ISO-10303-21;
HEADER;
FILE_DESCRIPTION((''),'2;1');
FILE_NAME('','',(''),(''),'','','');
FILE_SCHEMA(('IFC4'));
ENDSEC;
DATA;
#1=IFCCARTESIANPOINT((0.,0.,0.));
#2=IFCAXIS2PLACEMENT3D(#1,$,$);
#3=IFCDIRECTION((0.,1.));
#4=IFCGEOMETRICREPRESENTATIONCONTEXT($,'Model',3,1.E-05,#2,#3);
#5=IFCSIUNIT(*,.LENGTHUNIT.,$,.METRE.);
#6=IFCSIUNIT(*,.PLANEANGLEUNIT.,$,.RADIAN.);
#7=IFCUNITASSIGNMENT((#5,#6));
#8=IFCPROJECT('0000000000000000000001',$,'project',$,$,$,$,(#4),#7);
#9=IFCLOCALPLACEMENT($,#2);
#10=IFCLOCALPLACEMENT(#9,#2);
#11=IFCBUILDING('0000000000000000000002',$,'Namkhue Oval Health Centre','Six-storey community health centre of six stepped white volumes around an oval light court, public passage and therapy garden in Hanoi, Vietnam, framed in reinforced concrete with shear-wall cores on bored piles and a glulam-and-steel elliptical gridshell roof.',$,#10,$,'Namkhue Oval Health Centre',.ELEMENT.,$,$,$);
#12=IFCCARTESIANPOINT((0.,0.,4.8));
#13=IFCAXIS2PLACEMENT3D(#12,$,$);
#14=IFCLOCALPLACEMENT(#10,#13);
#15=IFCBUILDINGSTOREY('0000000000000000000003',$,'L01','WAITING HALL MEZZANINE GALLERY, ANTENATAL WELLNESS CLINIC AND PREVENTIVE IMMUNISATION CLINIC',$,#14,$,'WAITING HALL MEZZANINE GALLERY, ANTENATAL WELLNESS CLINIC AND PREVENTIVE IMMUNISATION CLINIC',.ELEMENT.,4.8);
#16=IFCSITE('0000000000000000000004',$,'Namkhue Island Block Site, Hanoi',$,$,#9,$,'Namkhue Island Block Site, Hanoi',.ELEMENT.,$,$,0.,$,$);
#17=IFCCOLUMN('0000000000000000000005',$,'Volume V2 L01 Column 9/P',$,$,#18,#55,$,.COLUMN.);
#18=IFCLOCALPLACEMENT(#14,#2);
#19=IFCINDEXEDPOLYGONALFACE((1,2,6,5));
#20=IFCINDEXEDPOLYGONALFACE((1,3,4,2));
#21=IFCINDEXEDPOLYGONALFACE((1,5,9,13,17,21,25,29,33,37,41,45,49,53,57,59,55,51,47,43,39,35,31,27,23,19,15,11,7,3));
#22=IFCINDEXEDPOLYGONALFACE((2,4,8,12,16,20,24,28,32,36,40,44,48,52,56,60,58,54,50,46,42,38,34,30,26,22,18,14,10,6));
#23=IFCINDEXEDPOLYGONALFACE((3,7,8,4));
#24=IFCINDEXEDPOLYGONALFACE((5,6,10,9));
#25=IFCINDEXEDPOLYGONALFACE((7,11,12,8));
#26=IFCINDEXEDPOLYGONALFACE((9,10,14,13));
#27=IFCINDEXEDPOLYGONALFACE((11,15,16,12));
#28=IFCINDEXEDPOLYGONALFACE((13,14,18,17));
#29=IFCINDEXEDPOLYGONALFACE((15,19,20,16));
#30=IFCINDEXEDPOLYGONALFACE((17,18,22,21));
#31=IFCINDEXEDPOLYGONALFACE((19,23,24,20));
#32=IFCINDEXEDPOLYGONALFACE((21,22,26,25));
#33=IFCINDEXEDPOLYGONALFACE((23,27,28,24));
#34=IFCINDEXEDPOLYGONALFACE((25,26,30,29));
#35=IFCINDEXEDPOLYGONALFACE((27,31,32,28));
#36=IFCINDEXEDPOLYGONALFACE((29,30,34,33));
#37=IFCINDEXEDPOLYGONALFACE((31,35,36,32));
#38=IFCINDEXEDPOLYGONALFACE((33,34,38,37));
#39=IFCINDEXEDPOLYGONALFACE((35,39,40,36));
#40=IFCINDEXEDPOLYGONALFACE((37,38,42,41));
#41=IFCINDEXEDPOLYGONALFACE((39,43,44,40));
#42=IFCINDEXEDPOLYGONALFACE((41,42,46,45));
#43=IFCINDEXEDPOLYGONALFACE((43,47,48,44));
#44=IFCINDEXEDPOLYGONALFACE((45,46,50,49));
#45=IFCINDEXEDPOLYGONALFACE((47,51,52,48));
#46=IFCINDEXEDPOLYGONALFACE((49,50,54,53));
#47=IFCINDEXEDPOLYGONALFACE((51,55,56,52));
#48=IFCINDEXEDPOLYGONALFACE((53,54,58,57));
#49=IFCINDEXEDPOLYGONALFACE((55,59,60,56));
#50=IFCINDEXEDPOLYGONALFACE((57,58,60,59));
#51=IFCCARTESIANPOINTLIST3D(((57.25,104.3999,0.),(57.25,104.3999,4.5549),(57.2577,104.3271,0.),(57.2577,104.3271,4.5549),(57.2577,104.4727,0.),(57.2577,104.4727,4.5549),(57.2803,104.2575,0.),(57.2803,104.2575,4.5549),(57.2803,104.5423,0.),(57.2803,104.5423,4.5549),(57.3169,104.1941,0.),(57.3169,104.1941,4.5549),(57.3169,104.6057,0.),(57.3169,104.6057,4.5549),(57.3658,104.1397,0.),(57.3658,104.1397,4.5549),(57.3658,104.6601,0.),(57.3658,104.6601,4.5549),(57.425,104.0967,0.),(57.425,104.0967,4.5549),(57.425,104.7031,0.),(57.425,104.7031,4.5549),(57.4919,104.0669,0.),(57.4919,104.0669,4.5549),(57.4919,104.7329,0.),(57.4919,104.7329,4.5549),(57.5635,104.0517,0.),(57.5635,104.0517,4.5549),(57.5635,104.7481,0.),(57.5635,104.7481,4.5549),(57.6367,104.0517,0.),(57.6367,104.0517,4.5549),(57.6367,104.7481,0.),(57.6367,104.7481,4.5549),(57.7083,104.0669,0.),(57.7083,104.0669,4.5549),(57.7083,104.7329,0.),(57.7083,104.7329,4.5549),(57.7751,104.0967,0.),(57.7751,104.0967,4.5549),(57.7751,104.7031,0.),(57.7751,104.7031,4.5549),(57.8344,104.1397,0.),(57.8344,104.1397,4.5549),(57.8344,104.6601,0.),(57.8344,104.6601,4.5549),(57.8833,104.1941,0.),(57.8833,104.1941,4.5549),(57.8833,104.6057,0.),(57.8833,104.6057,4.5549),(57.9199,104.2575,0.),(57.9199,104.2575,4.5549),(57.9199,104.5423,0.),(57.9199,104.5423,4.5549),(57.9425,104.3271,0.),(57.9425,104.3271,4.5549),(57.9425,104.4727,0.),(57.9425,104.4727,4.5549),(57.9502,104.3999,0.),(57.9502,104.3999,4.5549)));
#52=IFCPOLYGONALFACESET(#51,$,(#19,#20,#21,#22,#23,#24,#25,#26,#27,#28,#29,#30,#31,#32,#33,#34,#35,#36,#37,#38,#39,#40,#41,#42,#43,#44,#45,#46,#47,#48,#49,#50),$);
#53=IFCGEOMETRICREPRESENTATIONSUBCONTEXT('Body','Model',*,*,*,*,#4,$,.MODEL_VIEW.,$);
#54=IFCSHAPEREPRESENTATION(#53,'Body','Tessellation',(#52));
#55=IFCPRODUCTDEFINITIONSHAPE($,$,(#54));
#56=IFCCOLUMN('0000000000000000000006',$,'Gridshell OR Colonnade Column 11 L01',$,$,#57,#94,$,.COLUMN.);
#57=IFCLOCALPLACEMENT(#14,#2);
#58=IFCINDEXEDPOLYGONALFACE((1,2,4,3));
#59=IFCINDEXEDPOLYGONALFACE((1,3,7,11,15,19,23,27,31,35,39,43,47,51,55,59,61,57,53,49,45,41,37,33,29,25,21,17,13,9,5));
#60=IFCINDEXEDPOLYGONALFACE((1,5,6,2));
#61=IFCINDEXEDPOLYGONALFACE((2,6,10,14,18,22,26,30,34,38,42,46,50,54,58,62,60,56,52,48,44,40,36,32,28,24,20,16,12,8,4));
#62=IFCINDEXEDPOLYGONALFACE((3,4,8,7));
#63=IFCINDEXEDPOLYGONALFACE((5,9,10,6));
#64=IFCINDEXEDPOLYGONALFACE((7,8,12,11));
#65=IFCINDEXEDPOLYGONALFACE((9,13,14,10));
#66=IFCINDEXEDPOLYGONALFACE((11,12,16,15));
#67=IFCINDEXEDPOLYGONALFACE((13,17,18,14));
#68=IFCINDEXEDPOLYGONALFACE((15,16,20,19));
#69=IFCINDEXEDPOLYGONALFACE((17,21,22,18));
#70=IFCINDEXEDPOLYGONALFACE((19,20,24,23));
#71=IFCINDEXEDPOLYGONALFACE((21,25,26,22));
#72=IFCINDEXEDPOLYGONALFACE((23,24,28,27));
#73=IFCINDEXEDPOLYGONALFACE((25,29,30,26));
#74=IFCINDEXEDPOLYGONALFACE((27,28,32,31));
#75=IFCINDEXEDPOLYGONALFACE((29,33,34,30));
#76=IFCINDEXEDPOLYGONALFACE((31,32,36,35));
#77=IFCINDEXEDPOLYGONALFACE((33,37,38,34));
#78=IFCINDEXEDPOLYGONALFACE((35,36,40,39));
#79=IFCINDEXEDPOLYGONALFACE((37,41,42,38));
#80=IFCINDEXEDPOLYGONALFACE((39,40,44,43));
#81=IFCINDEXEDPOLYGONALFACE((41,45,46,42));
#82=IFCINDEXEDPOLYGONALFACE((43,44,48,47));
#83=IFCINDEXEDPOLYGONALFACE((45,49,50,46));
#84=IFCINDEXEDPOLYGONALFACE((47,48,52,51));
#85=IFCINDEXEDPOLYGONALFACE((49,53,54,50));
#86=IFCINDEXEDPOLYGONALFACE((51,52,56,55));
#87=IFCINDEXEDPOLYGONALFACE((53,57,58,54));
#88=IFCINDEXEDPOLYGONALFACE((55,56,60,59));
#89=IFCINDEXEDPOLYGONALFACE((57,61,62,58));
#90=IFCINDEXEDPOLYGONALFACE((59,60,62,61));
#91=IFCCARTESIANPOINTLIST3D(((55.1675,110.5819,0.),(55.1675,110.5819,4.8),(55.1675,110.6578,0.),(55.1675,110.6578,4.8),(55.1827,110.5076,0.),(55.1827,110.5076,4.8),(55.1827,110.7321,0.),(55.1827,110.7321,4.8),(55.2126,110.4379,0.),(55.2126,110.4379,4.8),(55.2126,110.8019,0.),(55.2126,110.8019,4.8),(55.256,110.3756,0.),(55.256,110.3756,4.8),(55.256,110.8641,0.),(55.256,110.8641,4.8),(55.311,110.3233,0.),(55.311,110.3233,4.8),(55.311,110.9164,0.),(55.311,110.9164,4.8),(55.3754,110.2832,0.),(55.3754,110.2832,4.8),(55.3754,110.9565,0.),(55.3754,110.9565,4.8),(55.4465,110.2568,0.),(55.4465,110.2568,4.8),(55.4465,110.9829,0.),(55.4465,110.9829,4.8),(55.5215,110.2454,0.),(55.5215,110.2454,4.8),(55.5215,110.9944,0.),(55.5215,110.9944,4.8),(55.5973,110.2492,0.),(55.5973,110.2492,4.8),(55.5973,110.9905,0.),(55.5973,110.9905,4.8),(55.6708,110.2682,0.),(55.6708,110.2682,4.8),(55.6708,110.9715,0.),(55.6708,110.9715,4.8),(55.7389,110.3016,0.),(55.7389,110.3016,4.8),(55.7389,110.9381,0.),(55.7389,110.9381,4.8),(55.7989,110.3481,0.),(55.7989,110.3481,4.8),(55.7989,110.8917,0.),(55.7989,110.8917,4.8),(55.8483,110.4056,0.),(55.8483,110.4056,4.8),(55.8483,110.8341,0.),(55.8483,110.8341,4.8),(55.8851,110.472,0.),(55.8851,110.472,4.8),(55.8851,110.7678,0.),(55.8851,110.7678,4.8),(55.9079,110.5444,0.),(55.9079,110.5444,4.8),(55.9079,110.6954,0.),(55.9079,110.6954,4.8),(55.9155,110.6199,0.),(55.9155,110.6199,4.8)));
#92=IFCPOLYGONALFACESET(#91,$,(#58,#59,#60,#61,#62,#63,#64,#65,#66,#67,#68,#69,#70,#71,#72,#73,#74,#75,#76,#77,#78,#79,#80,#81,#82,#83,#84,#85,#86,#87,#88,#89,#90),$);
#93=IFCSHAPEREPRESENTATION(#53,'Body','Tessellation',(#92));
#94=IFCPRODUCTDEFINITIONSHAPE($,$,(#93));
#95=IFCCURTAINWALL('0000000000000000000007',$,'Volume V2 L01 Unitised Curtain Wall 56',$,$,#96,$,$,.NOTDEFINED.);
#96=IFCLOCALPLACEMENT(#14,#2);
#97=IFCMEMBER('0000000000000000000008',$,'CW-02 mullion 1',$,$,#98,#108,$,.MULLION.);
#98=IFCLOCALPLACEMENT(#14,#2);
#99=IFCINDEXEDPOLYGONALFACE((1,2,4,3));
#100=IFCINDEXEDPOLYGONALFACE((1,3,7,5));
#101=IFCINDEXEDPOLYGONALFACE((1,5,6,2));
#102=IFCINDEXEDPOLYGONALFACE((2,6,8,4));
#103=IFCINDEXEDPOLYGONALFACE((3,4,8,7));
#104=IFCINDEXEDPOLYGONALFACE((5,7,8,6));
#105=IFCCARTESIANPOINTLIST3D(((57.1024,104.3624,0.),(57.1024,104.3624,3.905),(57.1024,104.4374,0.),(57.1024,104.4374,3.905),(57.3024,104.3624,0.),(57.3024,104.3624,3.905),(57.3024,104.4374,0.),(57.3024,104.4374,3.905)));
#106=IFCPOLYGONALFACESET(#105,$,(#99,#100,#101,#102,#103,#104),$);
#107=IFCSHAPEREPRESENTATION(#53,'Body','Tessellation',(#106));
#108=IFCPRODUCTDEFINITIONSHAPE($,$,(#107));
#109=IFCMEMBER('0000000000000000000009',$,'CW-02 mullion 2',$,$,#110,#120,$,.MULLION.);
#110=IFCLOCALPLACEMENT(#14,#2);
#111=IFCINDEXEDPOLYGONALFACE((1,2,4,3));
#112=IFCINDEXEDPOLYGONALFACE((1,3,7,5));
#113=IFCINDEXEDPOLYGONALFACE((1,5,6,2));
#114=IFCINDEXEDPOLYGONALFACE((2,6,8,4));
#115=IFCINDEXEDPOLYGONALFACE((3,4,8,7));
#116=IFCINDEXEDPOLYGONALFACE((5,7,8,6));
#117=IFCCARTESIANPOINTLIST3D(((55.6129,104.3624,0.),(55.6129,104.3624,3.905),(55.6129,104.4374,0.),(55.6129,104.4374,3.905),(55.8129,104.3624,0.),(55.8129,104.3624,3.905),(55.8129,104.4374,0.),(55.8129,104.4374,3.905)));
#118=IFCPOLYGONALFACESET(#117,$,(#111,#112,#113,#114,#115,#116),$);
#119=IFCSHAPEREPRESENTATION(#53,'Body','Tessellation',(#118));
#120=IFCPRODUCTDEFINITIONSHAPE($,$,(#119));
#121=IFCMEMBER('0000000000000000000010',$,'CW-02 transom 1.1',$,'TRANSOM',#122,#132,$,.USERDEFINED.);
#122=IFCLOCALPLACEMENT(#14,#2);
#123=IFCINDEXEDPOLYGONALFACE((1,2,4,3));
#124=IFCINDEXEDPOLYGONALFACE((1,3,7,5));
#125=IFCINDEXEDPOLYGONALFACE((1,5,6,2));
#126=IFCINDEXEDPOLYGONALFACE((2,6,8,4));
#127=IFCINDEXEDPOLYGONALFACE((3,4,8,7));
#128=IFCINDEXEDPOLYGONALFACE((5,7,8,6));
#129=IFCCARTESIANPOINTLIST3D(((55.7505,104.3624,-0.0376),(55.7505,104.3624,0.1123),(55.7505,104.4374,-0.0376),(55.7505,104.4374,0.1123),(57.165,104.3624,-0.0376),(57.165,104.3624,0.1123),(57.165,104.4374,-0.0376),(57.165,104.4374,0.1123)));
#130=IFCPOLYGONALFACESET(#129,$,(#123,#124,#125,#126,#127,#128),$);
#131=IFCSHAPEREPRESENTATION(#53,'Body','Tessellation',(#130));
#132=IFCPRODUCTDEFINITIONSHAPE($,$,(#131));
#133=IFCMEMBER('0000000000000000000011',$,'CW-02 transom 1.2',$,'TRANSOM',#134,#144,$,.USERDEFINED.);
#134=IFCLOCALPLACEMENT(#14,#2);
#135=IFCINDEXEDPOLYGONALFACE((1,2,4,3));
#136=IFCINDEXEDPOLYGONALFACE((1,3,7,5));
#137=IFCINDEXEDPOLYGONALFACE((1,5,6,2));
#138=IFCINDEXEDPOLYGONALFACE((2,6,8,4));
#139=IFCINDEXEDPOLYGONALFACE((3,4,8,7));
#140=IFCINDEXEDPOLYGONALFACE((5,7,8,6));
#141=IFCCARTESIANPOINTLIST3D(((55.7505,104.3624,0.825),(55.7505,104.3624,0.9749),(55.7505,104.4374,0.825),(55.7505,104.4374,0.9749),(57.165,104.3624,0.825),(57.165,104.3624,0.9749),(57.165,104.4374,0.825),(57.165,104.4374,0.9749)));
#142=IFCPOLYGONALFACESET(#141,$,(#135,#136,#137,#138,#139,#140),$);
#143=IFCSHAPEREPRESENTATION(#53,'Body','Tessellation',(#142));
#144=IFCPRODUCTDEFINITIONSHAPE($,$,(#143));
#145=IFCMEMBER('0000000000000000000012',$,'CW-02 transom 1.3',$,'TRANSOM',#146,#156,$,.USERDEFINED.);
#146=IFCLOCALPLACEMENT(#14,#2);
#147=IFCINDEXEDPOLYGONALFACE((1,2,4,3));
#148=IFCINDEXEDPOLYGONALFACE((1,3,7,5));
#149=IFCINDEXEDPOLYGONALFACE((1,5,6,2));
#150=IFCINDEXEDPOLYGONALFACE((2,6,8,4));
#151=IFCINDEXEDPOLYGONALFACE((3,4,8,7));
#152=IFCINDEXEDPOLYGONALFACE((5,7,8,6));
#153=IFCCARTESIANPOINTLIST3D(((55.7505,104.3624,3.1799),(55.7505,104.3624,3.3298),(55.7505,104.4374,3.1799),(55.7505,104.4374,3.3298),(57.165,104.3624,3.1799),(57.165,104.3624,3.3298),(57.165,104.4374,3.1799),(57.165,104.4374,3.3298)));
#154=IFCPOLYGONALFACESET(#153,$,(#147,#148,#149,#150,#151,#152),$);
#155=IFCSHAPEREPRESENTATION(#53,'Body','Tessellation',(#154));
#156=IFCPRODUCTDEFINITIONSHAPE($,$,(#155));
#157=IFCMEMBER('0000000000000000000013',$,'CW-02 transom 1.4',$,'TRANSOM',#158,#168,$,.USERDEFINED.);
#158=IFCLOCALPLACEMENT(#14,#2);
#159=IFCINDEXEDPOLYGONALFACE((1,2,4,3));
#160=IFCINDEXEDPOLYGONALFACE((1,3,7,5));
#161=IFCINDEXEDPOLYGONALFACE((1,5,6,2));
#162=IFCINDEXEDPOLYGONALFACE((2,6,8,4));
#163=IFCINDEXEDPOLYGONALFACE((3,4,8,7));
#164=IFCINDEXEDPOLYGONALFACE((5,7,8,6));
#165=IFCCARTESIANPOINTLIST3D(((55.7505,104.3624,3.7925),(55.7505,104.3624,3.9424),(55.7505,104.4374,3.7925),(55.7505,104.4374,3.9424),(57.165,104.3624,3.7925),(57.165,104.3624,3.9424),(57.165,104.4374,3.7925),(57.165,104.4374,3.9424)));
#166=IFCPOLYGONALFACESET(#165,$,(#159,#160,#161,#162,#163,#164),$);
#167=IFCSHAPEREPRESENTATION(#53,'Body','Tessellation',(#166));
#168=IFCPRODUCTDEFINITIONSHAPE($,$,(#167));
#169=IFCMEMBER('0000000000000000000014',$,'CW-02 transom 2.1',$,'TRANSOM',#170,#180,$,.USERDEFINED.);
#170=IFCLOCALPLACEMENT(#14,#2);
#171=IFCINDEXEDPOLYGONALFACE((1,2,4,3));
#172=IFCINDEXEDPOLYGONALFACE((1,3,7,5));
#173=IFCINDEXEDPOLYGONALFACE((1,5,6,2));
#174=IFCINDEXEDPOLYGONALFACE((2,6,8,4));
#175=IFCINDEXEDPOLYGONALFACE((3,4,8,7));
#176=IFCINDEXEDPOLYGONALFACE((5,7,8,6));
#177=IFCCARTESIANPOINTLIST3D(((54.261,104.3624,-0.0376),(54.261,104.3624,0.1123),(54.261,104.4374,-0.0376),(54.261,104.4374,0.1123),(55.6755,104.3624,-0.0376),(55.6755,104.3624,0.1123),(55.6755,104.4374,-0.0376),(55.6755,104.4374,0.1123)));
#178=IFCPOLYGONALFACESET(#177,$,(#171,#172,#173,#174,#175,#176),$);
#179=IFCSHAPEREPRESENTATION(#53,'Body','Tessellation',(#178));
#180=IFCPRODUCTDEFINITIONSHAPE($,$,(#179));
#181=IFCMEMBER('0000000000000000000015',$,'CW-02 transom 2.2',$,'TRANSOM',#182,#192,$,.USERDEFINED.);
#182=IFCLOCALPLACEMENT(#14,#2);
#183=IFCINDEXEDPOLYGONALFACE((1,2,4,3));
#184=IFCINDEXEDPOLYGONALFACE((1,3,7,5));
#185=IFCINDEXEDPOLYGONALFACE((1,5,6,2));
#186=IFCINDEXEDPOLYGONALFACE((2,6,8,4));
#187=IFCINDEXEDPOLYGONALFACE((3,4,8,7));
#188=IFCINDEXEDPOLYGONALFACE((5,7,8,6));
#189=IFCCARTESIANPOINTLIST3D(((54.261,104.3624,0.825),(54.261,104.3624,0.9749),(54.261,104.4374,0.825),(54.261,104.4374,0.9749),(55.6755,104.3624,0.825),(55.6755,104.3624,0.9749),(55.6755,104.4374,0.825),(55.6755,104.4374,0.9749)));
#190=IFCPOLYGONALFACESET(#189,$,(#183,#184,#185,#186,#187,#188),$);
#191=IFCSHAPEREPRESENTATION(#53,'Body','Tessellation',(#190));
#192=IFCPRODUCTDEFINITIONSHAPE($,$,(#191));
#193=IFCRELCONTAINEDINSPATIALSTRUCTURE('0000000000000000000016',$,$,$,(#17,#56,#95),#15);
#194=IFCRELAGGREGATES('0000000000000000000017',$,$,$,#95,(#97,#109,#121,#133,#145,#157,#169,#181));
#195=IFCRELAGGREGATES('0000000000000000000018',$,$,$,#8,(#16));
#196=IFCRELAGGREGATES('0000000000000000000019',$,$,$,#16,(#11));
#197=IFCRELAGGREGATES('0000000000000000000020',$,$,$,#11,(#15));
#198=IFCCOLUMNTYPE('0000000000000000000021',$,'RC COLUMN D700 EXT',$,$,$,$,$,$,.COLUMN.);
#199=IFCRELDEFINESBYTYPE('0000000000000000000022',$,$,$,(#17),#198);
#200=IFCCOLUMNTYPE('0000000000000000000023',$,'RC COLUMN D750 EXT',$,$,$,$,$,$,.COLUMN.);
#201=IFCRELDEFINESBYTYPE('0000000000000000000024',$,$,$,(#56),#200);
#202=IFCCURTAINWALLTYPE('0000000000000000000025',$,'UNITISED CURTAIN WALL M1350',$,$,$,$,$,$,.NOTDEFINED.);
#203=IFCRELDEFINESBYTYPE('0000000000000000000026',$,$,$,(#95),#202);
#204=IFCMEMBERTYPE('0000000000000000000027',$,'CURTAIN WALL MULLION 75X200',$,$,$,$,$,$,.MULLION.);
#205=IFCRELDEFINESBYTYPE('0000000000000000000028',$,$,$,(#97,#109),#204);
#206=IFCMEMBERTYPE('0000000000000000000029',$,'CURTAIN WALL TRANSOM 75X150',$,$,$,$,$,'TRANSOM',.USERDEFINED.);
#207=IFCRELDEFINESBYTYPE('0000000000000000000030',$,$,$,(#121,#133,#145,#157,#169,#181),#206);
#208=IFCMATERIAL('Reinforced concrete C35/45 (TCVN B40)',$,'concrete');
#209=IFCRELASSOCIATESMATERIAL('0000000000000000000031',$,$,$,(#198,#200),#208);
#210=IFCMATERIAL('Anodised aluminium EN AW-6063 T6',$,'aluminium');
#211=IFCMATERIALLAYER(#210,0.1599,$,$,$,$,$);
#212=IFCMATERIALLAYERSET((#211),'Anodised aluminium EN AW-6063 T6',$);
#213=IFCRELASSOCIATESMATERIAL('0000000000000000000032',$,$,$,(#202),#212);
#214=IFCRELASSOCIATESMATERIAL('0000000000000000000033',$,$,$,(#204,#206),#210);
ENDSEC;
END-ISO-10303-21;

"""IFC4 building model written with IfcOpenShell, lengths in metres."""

from ifc_helpers import new_model, si_unit, direction, frame, origin, origin_2d, place, context, subcontext, project, spatial, rectangle, circle, extrude, material, layer, layer_set, material_profile, profile_set, type_object, element, aggregate, save


model = new_model("IFC4")

# Units and contexts
model_context = context("Model", 3, precision=1e-05, world=origin(), true_north=direction((0.0, 1.0)))
body_context = subcontext(model_context, "Body", "Model", "MODEL_VIEW")
ifc_project = project(units=[si_unit("LENGTHUNIT", "METRE"), si_unit("PLANEANGLEUNIT", "RADIAN")], contexts=[model_context])

# Site, building, storey
site_placement = place(None, origin())
site = spatial("IfcSite", under=ifc_project, at=site_placement, Name="Namkhue Island Block Site, Hanoi", LongName="Namkhue Island Block Site, Hanoi", CompositionType="ELEMENT", RefElevation=0.0)
building_placement = place(site_placement, origin())
building = spatial("IfcBuilding", under=site, at=building_placement, Name="Namkhue Oval Health Centre", Description="Six-storey community health centre of six stepped white volumes around an oval light court, public passage and therapy garden in Hanoi, Vietnam, framed in reinforced concrete with shear-wall cores on bored piles and a glulam-and-steel elliptical gridshell roof.", LongName="Namkhue Oval Health Centre", CompositionType="ELEMENT")
storey_placement = place(building_placement, frame((0.0, 0.0, 4.8)))
storey = spatial("IfcBuildingStorey", under=building, at=storey_placement, Name="L01", Description="WAITING HALL MEZZANINE GALLERY, ANTENATAL WELLNESS CLINIC AND PREVENTIVE IMMUNISATION CLINIC", LongName="WAITING HALL MEZZANINE GALLERY, ANTENATAL WELLNESS CLINIC AND PREVENTIVE IMMUNISATION CLINIC", CompositionType="ELEMENT", Elevation=4.8)

# Columns
ifc_material_1 = material(Name="Reinforced concrete C35/45 (TCVN B40)", Category="concrete")
ifc_material_profile_1 = material_profile(ifc_material_1, circle(Radius=0.3501, at=origin_2d()), Name="RC D700")
ifc_profile_set_1 = profile_set([ifc_material_profile_1], Name="Reinforced concrete C35/45 (TCVN B40)")
column_type_1 = type_object("IfcColumnType", Name="RC COLUMN D700 EXT", PredefinedType="COLUMN", material=ifc_profile_set_1)
column_1_placement = place(storey_placement, frame((57.6001, 104.3999, 0.0), z_axis=(0.0, 0.0, 1.0), x_axis=(1.0, 0.0, 0.0)))
element("IfcColumn", 1, at=column_1_placement, inside=storey, type_object=column_type_1, Name="Volume V2 L01 Column 9/P", PredefinedType="COLUMN", context=body_context, shape_type="SweptSolid", body=[
    extrude(circle(Radius=0.3501, at=origin_2d()), origin(), (0.0, 0.0, 1.0), 4.5549),
])
ifc_material_profile_2 = material_profile(ifc_material_1, circle(Radius=0.375, at=origin_2d()), Name="RC D750")
ifc_profile_set_2 = profile_set([ifc_material_profile_2], Name="Reinforced concrete C35/45 (TCVN B40)")
column_type_2 = type_object("IfcColumnType", Name="RC COLUMN D750 EXT", PredefinedType="COLUMN", material=ifc_profile_set_2)
column_2_placement = place(storey_placement, frame((55.5405, 110.6199, 0.0), z_axis=(0.0, 0.0, 1.0), x_axis=(1.0, 0.0, 0.0)))
element("IfcColumn", 2, at=column_2_placement, inside=storey, type_object=column_type_2, Name="Gridshell OR Colonnade Column 11 L01", PredefinedType="COLUMN", context=body_context, shape_type="SweptSolid", body=[
    extrude(circle(Radius=0.375, at=origin_2d()), origin(), (0.0, 0.0, 1.0), 4.8),
])

# Curtain wall, members
ifc_material_2 = material(Name="Anodised aluminium EN AW-6063 T6", Category="aluminium")
ifc_layer_1 = layer(ifc_material_2, 0.1599)
ifc_layer_set_1 = layer_set([ifc_layer_1], Name="Anodised aluminium EN AW-6063 T6")
curtain_wall_type = type_object("IfcCurtainWallType", Name="UNITISED CURTAIN WALL M1350", PredefinedType="NOTDEFINED", material=ifc_layer_set_1)
curtain_wall_placement = place(storey_placement, origin())
curtain_wall = element("IfcCurtainWall", 3, at=curtain_wall_placement, inside=storey, type_object=curtain_wall_type, Name="Volume V2 L01 Unitised Curtain Wall 56", PredefinedType="NOTDEFINED")
ifc_material_profile_3 = material_profile(ifc_material_2, rectangle(XDim=0.075, YDim=0.2, at=origin_2d()), Name="ALU 75x200")
ifc_profile_set_3 = profile_set([ifc_material_profile_3], Name="Anodised aluminium EN AW-6063 T6")
member_type_1 = type_object("IfcMemberType", Name="CURTAIN WALL MULLION 75X200", PredefinedType="MULLION", material=ifc_profile_set_3)
member_1_placement = place(storey_placement, frame((57.2024, 104.3999, 0.0), z_axis=(0.0, 0.0, 1.0), x_axis=(0.0, -1.0, 0.0)))
member_1 = element("IfcMember", 4, at=member_1_placement, type_object=member_type_1, Name="CW-02 mullion 1", PredefinedType="MULLION", context=body_context, shape_type="SweptSolid", body=[
    extrude(rectangle(XDim=0.075, YDim=0.2, at=origin_2d()), origin(), (0.0, 0.0, 1.0), 3.905),
])
member_2_placement = place(storey_placement, frame((55.7129, 104.3999, 0.0), z_axis=(0.0, 0.0, 1.0), x_axis=(0.0, -1.0, 0.0)))
member_2 = element("IfcMember", 5, at=member_2_placement, type_object=member_type_1, Name="CW-02 mullion 2", PredefinedType="MULLION", context=body_context, shape_type="SweptSolid", body=[
    extrude(rectangle(XDim=0.075, YDim=0.2, at=origin_2d()), origin(), (0.0, 0.0, 1.0), 3.905),
])
ifc_material_profile_4 = material_profile(ifc_material_2, rectangle(XDim=0.075, YDim=0.1499, at=origin_2d()), Name="ALU 75x150")
ifc_profile_set_4 = profile_set([ifc_material_profile_4], Name="Anodised aluminium EN AW-6063 T6")
member_type_2 = type_object("IfcMemberType", Name="CURTAIN WALL TRANSOM 75X150", ElementType="TRANSOM", PredefinedType="USERDEFINED", material=ifc_profile_set_4)
member_3_placement = place(storey_placement, frame((57.165, 104.3999, 0.0374), z_axis=(-1.0, 0.0, 0.0), x_axis=(0.0, -1.0, 0.0)))
member_3 = element("IfcMember", 6, at=member_3_placement, type_object=member_type_2, Name="CW-02 transom 1.1", ObjectType="TRANSOM", PredefinedType="USERDEFINED", context=body_context, shape_type="SweptSolid", body=[
    extrude(rectangle(XDim=0.075, YDim=0.1499, at=origin_2d()), origin(), (0.0, 0.0, 1.0), 1.4146),
])
member_4_placement = place(storey_placement, frame((57.165, 104.3999, 0.8999), z_axis=(-1.0, 0.0, 0.0), x_axis=(0.0, -1.0, 0.0)))
member_4 = element("IfcMember", 7, at=member_4_placement, type_object=member_type_2, Name="CW-02 transom 1.2", ObjectType="TRANSOM", PredefinedType="USERDEFINED", context=body_context, shape_type="SweptSolid", body=[
    extrude(rectangle(XDim=0.075, YDim=0.1499, at=origin_2d()), origin(), (0.0, 0.0, 1.0), 1.4146),
])
member_5_placement = place(storey_placement, frame((57.165, 104.3999, 3.2549), z_axis=(-1.0, 0.0, 0.0), x_axis=(0.0, -1.0, 0.0)))
member_5 = element("IfcMember", 8, at=member_5_placement, type_object=member_type_2, Name="CW-02 transom 1.3", ObjectType="TRANSOM", PredefinedType="USERDEFINED", context=body_context, shape_type="SweptSolid", body=[
    extrude(rectangle(XDim=0.075, YDim=0.1499, at=origin_2d()), origin(), (0.0, 0.0, 1.0), 1.4146),
])
member_6_placement = place(storey_placement, frame((57.165, 104.3999, 3.8674), z_axis=(-1.0, 0.0, 0.0), x_axis=(0.0, -1.0, 0.0)))
member_6 = element("IfcMember", 9, at=member_6_placement, type_object=member_type_2, Name="CW-02 transom 1.4", ObjectType="TRANSOM", PredefinedType="USERDEFINED", context=body_context, shape_type="SweptSolid", body=[
    extrude(rectangle(XDim=0.075, YDim=0.1499, at=origin_2d()), origin(), (0.0, 0.0, 1.0), 1.4146),
])
member_7_placement = place(storey_placement, frame((55.6755, 104.3999, 0.0374), z_axis=(-1.0, 0.0, 0.0), x_axis=(0.0, -1.0, 0.0)))
member_7 = element("IfcMember", 10, at=member_7_placement, type_object=member_type_2, Name="CW-02 transom 2.1", ObjectType="TRANSOM", PredefinedType="USERDEFINED", context=body_context, shape_type="SweptSolid", body=[
    extrude(rectangle(XDim=0.075, YDim=0.1499, at=origin_2d()), origin(), (0.0, 0.0, 1.0), 1.4146),
])
member_8_placement = place(storey_placement, frame((55.6755, 104.3999, 0.8999), z_axis=(-1.0, 0.0, 0.0), x_axis=(0.0, -1.0, 0.0)))
member_8 = element("IfcMember", 11, at=member_8_placement, type_object=member_type_2, Name="CW-02 transom 2.2", ObjectType="TRANSOM", PredefinedType="USERDEFINED", context=body_context, shape_type="SweptSolid", body=[
    extrude(rectangle(XDim=0.075, YDim=0.1499, at=origin_2d()), origin(), (0.0, 0.0, 1.0), 1.4146),
])

aggregate(curtain_wall, [member_1, member_2, member_3, member_4, member_5, member_6, member_7, member_8])

save(model, "model.ifc")
